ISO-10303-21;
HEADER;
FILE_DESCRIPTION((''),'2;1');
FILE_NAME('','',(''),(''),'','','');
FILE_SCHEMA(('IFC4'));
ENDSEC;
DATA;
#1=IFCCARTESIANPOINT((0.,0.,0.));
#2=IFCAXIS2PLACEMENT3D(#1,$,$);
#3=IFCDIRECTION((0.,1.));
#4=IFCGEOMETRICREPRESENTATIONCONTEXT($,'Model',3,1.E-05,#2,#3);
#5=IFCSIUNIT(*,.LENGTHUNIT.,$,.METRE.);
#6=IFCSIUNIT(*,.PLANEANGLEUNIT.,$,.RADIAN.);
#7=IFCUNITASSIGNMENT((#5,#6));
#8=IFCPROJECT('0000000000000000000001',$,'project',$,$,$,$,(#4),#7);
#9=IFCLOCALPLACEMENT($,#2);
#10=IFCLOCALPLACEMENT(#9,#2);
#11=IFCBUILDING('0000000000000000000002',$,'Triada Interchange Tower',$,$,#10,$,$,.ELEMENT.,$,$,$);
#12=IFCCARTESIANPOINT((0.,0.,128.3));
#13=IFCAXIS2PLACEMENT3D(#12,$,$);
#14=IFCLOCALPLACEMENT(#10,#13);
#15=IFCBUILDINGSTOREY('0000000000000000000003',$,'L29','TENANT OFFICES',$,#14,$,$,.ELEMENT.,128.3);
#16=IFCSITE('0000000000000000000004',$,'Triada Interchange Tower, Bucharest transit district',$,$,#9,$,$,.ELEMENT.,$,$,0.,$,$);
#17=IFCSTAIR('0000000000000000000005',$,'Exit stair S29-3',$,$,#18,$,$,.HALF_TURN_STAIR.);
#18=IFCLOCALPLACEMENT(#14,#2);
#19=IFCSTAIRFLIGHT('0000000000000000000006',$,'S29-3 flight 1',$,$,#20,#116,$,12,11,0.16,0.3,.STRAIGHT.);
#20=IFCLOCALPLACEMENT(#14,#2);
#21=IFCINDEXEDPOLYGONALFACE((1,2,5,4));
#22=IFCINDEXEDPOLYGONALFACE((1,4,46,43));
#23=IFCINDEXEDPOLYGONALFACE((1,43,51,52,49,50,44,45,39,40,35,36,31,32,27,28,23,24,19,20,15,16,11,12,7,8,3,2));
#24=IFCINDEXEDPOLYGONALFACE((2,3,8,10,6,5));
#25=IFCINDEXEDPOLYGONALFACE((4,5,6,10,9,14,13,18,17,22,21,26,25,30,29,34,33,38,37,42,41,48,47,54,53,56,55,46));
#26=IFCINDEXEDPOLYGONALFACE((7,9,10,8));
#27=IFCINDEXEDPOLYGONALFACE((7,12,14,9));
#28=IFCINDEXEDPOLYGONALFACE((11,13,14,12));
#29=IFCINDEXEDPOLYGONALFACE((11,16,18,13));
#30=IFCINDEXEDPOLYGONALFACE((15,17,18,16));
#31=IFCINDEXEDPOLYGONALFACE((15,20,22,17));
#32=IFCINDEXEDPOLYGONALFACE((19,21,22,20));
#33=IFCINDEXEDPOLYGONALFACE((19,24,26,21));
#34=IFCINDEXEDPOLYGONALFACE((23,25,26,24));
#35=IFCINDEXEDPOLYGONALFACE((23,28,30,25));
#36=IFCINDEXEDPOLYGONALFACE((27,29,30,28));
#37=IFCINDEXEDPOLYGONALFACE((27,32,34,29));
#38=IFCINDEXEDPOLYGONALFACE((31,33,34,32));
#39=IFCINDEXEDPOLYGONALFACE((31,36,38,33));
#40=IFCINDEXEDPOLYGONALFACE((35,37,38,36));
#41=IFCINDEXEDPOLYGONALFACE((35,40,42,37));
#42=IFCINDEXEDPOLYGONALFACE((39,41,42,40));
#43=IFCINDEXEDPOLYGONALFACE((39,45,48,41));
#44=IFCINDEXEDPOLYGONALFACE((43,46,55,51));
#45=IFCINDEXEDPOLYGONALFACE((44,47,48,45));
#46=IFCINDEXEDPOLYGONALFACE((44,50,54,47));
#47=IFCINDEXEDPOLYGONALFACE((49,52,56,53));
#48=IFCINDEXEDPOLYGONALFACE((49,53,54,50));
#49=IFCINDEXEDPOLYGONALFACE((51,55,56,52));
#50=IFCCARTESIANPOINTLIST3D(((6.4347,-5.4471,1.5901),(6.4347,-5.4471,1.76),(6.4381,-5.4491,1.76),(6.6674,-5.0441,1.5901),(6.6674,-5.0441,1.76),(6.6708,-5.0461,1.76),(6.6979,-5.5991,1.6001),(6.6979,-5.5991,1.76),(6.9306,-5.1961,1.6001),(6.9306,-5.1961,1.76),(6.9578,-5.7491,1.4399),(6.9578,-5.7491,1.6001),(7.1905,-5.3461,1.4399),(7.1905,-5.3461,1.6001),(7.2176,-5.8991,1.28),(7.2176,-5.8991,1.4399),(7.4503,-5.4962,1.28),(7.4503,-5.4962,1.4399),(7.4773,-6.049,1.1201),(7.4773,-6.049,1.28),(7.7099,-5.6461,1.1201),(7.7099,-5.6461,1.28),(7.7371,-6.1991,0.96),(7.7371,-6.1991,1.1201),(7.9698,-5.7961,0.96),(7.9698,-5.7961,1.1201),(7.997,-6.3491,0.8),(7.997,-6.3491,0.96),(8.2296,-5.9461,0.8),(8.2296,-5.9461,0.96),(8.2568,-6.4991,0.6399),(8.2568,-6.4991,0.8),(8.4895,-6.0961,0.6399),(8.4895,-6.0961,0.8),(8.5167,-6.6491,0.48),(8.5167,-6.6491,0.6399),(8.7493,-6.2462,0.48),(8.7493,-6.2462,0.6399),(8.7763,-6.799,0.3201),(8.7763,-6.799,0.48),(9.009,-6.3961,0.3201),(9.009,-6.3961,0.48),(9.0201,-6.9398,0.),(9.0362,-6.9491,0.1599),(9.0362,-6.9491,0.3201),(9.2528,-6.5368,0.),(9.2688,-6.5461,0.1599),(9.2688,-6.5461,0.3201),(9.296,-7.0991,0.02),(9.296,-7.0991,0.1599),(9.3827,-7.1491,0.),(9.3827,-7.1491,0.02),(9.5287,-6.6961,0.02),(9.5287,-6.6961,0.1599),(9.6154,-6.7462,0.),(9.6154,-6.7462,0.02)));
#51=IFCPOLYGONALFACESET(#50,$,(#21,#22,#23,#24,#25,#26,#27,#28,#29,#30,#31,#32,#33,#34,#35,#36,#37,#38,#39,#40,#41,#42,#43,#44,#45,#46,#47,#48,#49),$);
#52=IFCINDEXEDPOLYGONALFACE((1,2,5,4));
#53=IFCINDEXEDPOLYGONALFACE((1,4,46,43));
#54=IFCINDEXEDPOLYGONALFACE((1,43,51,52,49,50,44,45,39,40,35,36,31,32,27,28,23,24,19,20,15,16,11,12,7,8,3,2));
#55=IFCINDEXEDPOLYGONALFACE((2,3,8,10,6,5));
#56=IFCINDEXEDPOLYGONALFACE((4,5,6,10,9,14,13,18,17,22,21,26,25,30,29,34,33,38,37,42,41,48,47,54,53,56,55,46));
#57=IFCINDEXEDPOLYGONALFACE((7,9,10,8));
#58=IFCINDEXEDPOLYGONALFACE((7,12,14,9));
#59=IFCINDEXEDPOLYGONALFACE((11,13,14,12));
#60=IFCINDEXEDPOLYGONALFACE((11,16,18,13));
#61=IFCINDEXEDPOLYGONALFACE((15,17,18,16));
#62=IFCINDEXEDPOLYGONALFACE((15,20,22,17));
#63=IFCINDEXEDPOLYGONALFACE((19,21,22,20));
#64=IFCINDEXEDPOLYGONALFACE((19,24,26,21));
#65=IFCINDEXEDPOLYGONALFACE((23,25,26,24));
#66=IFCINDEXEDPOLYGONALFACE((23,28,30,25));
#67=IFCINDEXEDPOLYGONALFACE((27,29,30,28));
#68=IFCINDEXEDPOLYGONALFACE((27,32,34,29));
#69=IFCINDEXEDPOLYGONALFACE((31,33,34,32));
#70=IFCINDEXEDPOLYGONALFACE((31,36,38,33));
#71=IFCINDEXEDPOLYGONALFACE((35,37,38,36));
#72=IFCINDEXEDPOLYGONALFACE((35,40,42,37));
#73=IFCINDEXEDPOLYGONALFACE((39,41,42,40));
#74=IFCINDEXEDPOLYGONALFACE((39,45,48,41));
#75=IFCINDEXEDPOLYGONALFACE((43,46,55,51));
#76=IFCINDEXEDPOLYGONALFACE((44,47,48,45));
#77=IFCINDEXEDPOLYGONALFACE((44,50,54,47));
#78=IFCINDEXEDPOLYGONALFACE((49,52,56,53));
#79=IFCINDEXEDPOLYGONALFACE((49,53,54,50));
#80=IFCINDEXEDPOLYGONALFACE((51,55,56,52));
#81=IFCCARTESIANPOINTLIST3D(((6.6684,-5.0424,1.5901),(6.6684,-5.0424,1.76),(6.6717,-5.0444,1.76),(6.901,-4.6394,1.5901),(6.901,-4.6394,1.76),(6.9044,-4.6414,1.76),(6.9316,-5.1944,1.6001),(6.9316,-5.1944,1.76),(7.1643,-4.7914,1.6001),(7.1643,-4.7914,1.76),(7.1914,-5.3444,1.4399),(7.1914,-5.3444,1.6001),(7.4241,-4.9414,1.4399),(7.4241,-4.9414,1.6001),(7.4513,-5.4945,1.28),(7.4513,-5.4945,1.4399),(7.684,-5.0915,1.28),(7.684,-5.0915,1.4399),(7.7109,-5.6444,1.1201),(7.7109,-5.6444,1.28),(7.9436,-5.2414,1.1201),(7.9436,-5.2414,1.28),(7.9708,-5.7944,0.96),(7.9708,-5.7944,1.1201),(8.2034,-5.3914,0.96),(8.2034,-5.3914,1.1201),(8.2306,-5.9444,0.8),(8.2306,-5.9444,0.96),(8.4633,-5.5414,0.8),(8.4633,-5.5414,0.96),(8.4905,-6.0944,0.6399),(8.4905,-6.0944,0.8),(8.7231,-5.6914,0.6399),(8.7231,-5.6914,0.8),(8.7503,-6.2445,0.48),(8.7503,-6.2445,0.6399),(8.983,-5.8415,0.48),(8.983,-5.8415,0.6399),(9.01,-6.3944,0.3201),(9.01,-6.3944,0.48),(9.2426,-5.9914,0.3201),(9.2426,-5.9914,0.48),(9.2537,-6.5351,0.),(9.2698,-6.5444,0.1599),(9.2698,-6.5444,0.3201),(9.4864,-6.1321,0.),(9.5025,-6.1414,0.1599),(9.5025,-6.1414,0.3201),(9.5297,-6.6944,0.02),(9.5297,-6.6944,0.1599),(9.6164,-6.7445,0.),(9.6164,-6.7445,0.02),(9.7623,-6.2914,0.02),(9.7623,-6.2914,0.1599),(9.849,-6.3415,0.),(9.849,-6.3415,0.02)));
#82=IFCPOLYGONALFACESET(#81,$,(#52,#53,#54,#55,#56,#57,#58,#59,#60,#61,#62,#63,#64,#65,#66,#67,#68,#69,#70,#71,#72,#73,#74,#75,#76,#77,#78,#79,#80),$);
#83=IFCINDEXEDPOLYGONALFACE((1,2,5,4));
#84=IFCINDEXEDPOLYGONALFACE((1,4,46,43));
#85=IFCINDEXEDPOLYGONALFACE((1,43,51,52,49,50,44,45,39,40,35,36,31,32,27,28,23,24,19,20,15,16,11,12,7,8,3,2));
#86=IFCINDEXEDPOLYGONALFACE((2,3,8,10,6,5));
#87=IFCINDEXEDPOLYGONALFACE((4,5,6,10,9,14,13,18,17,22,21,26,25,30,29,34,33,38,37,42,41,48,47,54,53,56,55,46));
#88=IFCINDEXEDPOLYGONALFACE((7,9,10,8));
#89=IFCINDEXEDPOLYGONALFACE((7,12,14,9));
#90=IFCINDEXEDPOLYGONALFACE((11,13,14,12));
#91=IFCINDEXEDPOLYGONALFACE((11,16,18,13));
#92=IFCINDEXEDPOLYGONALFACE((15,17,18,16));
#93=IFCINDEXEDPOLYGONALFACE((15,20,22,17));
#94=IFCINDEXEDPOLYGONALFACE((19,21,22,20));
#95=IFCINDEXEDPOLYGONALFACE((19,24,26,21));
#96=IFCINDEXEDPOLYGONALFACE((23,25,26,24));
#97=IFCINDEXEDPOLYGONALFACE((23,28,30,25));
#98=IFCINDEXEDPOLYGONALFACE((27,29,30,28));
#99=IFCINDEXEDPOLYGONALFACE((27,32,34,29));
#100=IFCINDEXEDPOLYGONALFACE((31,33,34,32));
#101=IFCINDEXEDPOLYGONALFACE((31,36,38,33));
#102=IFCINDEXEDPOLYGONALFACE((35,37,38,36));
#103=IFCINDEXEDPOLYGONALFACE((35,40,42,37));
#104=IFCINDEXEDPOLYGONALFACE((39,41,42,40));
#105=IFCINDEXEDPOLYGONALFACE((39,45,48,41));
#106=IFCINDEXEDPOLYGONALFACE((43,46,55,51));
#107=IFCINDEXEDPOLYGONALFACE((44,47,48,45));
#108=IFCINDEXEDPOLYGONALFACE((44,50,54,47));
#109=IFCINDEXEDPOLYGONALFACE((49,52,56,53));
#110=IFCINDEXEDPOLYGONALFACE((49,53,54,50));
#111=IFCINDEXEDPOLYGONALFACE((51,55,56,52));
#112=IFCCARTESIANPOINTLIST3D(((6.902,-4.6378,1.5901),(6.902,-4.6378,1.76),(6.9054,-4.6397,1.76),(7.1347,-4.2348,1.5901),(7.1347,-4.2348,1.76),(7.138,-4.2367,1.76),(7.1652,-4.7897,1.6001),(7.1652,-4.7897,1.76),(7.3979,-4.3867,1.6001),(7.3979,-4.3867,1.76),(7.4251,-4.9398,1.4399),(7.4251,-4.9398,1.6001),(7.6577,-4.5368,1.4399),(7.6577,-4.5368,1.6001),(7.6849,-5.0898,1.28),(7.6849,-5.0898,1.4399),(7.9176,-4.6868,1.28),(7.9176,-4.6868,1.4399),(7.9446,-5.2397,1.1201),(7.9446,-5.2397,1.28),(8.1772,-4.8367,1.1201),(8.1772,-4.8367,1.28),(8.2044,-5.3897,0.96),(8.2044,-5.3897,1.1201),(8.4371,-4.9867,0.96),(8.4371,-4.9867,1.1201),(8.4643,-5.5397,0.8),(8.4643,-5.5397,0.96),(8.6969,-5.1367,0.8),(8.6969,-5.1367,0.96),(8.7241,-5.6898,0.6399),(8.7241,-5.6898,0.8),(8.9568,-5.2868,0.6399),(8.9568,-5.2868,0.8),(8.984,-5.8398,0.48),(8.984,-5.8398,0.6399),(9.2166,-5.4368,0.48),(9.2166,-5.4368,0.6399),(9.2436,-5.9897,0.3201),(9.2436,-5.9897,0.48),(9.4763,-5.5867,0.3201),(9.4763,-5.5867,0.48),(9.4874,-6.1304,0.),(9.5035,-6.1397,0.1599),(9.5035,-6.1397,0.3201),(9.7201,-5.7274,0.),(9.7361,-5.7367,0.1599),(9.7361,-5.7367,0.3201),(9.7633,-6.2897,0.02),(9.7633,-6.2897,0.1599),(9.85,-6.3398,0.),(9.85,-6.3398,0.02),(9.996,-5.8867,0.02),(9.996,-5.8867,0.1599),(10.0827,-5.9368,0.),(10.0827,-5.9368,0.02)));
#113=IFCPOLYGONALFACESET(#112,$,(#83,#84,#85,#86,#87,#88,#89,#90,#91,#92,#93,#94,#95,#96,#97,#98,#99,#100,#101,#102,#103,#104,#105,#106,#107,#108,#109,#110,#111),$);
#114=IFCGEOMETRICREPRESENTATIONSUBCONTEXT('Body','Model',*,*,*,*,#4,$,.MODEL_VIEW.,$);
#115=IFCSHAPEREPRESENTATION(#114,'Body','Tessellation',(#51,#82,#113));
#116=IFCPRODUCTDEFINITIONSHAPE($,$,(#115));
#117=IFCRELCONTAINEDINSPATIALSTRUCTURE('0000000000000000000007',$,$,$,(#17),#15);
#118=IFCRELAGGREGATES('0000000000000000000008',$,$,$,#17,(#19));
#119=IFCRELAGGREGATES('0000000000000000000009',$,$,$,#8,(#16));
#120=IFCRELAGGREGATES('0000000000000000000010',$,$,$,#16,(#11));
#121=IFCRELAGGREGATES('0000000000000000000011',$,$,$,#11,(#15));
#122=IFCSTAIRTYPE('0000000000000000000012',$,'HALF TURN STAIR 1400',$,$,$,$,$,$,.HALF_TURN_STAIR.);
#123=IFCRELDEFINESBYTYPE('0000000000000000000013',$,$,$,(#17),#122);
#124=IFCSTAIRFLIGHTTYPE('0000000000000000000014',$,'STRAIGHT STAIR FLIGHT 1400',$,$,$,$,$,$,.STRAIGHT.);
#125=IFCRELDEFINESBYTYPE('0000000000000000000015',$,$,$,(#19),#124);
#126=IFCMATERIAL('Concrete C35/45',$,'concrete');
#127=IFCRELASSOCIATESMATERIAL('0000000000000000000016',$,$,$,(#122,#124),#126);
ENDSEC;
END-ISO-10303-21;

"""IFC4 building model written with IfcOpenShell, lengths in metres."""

from ifc_helpers import new_model, si_unit, direction, frame, origin, place, context, subcontext, project, spatial, polyline, outline, extrude, material, type_object, element, aggregate, save


model = new_model("IFC4")

# Units and contexts
model_context = context("Model", 3, precision=1e-05, world=origin(), true_north=direction((0.0, 1.0)))
body_context = subcontext(model_context, "Body", "Model", "MODEL_VIEW")
ifc_project = project(units=[si_unit("LENGTHUNIT", "METRE"), si_unit("PLANEANGLEUNIT", "RADIAN")], contexts=[model_context])

# Site, building, storey
site_placement = place(None, origin())
site = spatial("IfcSite", under=ifc_project, at=site_placement, Name="Triada Interchange Tower, Bucharest transit district", CompositionType="ELEMENT", RefElevation=0.0)
building_placement = place(site_placement, origin())
building = spatial("IfcBuilding", under=site, at=building_placement, Name="Triada Interchange Tower", CompositionType="ELEMENT")
storey_placement = place(building_placement, frame((0.0, 0.0, 128.3)))
storey = spatial("IfcBuildingStorey", under=building, at=storey_placement, Name="L29", Description="TENANT OFFICES", CompositionType="ELEMENT", Elevation=128.3)

# Stair, stair flight
ifc_material_1 = material(Name="Concrete C35/45", Category="concrete")
stair_type = type_object("IfcStairType", Name="HALF TURN STAIR 1400", PredefinedType="HALF_TURN_STAIR", material=ifc_material_1)
stair_placement = place(storey_placement, origin())
stair = element("IfcStair", 1, at=stair_placement, inside=storey, type_object=stair_type, Name="Exit stair S29-3", PredefinedType="HALF_TURN_STAIR")
stair_flight_type = type_object("IfcStairFlightType", Name="STRAIGHT STAIR FLIGHT 1400", PredefinedType="STRAIGHT", material=ifc_material_1)
stair_flight_1_placement = place(storey_placement, frame((9.646, -6.4929, 0.0), z_axis=(0.0, 0.0, 1.0), x_axis=(-0.866025, 0.5, 0.0)))
stair_flight_1 = element("IfcStairFlight", 2, at=stair_flight_1_placement, type_object=stair_flight_type, Name="S29-3 flight 1", NumberOfRisers=12, NumberOfTreads=11, PredefinedType="STRAIGHT", RiserHeight=0.16, TreadLength=0.3, context=body_context, shape_type="SweptSolid", body=[
    extrude(outline(polyline([(-0.1001, 0.0), (-0.1001, 0.02), (0.0, 0.02), (0.0, 0.1599), (0.3, 0.1599), (0.3, 0.3201), (0.6001, 0.3201), (0.6001, 0.48), (0.8999, 0.48), (0.8999, 0.6399), (1.2, 0.6399), (1.2, 0.8), (1.5, 0.8), (1.5, 0.96), (1.8, 0.96), (1.8, 1.1201), (2.1001, 1.1201), (2.1001, 1.28), (2.3999, 1.28), (2.3999, 1.4399), (2.7, 1.4399), (2.7, 1.6001), (3.0, 1.6001), (3.0, 1.76), (3.3, 1.76), (3.304, 1.76), (3.304, 1.9199), (3.304, 1.5901), (0.3186, 0.0), (-0.1001, 0.0)])), frame((0.0, 0.7, 0.0), z_axis=(0.0, -1.0, 0.0), x_axis=(1.0, 0.0, 0.0)), (0.0, 0.0, 1.0), 0.4653),
    extrude(outline(polyline([(-0.1001, 0.0), (-0.1001, 0.02), (0.0, 0.02), (0.0, 0.1599), (0.3, 0.1599), (0.3, 0.3201), (0.6001, 0.3201), (0.6001, 0.48), (0.8999, 0.48), (0.8999, 0.6399), (1.2, 0.6399), (1.2, 0.8), (1.5, 0.8), (1.5, 0.96), (1.8, 0.96), (1.8, 1.1201), (2.1001, 1.1201), (2.1001, 1.28), (2.3999, 1.28), (2.3999, 1.4399), (2.7, 1.4399), (2.7, 1.6001), (3.0, 1.6001), (3.0, 1.76), (3.3, 1.76), (3.304, 1.76), (3.304, 1.9199), (3.304, 1.5901), (0.3186, 0.0), (-0.1001, 0.0)])), frame((0.0, 0.2327, 0.0), z_axis=(0.0, -1.0, 0.0), x_axis=(1.0, 0.0, 0.0)), (0.0, 0.0, 1.0), 0.4653),
    extrude(outline(polyline([(-0.1001, 0.0), (-0.1001, 0.02), (0.0, 0.02), (0.0, 0.1599), (0.3, 0.1599), (0.3, 0.3201), (0.6001, 0.3201), (0.6001, 0.48), (0.8999, 0.48), (0.8999, 0.6399), (1.2, 0.6399), (1.2, 0.8), (1.5, 0.8), (1.5, 0.96), (1.8, 0.96), (1.8, 1.1201), (2.1001, 1.1201), (2.1001, 1.28), (2.3999, 1.28), (2.3999, 1.4399), (2.7, 1.4399), (2.7, 1.6001), (3.0, 1.6001), (3.0, 1.76), (3.3, 1.76), (3.304, 1.76), (3.304, 1.9199), (3.304, 1.5901), (0.3186, 0.0), (-0.1001, 0.0)])), frame((0.0, -0.2346, 0.0), z_axis=(0.0, -1.0, 0.0), x_axis=(1.0, 0.0, 0.0)), (0.0, 0.0, 1.0), 0.4653),
])
aggregate(stair, [stair_flight_1])

save(model, "model.ifc")
